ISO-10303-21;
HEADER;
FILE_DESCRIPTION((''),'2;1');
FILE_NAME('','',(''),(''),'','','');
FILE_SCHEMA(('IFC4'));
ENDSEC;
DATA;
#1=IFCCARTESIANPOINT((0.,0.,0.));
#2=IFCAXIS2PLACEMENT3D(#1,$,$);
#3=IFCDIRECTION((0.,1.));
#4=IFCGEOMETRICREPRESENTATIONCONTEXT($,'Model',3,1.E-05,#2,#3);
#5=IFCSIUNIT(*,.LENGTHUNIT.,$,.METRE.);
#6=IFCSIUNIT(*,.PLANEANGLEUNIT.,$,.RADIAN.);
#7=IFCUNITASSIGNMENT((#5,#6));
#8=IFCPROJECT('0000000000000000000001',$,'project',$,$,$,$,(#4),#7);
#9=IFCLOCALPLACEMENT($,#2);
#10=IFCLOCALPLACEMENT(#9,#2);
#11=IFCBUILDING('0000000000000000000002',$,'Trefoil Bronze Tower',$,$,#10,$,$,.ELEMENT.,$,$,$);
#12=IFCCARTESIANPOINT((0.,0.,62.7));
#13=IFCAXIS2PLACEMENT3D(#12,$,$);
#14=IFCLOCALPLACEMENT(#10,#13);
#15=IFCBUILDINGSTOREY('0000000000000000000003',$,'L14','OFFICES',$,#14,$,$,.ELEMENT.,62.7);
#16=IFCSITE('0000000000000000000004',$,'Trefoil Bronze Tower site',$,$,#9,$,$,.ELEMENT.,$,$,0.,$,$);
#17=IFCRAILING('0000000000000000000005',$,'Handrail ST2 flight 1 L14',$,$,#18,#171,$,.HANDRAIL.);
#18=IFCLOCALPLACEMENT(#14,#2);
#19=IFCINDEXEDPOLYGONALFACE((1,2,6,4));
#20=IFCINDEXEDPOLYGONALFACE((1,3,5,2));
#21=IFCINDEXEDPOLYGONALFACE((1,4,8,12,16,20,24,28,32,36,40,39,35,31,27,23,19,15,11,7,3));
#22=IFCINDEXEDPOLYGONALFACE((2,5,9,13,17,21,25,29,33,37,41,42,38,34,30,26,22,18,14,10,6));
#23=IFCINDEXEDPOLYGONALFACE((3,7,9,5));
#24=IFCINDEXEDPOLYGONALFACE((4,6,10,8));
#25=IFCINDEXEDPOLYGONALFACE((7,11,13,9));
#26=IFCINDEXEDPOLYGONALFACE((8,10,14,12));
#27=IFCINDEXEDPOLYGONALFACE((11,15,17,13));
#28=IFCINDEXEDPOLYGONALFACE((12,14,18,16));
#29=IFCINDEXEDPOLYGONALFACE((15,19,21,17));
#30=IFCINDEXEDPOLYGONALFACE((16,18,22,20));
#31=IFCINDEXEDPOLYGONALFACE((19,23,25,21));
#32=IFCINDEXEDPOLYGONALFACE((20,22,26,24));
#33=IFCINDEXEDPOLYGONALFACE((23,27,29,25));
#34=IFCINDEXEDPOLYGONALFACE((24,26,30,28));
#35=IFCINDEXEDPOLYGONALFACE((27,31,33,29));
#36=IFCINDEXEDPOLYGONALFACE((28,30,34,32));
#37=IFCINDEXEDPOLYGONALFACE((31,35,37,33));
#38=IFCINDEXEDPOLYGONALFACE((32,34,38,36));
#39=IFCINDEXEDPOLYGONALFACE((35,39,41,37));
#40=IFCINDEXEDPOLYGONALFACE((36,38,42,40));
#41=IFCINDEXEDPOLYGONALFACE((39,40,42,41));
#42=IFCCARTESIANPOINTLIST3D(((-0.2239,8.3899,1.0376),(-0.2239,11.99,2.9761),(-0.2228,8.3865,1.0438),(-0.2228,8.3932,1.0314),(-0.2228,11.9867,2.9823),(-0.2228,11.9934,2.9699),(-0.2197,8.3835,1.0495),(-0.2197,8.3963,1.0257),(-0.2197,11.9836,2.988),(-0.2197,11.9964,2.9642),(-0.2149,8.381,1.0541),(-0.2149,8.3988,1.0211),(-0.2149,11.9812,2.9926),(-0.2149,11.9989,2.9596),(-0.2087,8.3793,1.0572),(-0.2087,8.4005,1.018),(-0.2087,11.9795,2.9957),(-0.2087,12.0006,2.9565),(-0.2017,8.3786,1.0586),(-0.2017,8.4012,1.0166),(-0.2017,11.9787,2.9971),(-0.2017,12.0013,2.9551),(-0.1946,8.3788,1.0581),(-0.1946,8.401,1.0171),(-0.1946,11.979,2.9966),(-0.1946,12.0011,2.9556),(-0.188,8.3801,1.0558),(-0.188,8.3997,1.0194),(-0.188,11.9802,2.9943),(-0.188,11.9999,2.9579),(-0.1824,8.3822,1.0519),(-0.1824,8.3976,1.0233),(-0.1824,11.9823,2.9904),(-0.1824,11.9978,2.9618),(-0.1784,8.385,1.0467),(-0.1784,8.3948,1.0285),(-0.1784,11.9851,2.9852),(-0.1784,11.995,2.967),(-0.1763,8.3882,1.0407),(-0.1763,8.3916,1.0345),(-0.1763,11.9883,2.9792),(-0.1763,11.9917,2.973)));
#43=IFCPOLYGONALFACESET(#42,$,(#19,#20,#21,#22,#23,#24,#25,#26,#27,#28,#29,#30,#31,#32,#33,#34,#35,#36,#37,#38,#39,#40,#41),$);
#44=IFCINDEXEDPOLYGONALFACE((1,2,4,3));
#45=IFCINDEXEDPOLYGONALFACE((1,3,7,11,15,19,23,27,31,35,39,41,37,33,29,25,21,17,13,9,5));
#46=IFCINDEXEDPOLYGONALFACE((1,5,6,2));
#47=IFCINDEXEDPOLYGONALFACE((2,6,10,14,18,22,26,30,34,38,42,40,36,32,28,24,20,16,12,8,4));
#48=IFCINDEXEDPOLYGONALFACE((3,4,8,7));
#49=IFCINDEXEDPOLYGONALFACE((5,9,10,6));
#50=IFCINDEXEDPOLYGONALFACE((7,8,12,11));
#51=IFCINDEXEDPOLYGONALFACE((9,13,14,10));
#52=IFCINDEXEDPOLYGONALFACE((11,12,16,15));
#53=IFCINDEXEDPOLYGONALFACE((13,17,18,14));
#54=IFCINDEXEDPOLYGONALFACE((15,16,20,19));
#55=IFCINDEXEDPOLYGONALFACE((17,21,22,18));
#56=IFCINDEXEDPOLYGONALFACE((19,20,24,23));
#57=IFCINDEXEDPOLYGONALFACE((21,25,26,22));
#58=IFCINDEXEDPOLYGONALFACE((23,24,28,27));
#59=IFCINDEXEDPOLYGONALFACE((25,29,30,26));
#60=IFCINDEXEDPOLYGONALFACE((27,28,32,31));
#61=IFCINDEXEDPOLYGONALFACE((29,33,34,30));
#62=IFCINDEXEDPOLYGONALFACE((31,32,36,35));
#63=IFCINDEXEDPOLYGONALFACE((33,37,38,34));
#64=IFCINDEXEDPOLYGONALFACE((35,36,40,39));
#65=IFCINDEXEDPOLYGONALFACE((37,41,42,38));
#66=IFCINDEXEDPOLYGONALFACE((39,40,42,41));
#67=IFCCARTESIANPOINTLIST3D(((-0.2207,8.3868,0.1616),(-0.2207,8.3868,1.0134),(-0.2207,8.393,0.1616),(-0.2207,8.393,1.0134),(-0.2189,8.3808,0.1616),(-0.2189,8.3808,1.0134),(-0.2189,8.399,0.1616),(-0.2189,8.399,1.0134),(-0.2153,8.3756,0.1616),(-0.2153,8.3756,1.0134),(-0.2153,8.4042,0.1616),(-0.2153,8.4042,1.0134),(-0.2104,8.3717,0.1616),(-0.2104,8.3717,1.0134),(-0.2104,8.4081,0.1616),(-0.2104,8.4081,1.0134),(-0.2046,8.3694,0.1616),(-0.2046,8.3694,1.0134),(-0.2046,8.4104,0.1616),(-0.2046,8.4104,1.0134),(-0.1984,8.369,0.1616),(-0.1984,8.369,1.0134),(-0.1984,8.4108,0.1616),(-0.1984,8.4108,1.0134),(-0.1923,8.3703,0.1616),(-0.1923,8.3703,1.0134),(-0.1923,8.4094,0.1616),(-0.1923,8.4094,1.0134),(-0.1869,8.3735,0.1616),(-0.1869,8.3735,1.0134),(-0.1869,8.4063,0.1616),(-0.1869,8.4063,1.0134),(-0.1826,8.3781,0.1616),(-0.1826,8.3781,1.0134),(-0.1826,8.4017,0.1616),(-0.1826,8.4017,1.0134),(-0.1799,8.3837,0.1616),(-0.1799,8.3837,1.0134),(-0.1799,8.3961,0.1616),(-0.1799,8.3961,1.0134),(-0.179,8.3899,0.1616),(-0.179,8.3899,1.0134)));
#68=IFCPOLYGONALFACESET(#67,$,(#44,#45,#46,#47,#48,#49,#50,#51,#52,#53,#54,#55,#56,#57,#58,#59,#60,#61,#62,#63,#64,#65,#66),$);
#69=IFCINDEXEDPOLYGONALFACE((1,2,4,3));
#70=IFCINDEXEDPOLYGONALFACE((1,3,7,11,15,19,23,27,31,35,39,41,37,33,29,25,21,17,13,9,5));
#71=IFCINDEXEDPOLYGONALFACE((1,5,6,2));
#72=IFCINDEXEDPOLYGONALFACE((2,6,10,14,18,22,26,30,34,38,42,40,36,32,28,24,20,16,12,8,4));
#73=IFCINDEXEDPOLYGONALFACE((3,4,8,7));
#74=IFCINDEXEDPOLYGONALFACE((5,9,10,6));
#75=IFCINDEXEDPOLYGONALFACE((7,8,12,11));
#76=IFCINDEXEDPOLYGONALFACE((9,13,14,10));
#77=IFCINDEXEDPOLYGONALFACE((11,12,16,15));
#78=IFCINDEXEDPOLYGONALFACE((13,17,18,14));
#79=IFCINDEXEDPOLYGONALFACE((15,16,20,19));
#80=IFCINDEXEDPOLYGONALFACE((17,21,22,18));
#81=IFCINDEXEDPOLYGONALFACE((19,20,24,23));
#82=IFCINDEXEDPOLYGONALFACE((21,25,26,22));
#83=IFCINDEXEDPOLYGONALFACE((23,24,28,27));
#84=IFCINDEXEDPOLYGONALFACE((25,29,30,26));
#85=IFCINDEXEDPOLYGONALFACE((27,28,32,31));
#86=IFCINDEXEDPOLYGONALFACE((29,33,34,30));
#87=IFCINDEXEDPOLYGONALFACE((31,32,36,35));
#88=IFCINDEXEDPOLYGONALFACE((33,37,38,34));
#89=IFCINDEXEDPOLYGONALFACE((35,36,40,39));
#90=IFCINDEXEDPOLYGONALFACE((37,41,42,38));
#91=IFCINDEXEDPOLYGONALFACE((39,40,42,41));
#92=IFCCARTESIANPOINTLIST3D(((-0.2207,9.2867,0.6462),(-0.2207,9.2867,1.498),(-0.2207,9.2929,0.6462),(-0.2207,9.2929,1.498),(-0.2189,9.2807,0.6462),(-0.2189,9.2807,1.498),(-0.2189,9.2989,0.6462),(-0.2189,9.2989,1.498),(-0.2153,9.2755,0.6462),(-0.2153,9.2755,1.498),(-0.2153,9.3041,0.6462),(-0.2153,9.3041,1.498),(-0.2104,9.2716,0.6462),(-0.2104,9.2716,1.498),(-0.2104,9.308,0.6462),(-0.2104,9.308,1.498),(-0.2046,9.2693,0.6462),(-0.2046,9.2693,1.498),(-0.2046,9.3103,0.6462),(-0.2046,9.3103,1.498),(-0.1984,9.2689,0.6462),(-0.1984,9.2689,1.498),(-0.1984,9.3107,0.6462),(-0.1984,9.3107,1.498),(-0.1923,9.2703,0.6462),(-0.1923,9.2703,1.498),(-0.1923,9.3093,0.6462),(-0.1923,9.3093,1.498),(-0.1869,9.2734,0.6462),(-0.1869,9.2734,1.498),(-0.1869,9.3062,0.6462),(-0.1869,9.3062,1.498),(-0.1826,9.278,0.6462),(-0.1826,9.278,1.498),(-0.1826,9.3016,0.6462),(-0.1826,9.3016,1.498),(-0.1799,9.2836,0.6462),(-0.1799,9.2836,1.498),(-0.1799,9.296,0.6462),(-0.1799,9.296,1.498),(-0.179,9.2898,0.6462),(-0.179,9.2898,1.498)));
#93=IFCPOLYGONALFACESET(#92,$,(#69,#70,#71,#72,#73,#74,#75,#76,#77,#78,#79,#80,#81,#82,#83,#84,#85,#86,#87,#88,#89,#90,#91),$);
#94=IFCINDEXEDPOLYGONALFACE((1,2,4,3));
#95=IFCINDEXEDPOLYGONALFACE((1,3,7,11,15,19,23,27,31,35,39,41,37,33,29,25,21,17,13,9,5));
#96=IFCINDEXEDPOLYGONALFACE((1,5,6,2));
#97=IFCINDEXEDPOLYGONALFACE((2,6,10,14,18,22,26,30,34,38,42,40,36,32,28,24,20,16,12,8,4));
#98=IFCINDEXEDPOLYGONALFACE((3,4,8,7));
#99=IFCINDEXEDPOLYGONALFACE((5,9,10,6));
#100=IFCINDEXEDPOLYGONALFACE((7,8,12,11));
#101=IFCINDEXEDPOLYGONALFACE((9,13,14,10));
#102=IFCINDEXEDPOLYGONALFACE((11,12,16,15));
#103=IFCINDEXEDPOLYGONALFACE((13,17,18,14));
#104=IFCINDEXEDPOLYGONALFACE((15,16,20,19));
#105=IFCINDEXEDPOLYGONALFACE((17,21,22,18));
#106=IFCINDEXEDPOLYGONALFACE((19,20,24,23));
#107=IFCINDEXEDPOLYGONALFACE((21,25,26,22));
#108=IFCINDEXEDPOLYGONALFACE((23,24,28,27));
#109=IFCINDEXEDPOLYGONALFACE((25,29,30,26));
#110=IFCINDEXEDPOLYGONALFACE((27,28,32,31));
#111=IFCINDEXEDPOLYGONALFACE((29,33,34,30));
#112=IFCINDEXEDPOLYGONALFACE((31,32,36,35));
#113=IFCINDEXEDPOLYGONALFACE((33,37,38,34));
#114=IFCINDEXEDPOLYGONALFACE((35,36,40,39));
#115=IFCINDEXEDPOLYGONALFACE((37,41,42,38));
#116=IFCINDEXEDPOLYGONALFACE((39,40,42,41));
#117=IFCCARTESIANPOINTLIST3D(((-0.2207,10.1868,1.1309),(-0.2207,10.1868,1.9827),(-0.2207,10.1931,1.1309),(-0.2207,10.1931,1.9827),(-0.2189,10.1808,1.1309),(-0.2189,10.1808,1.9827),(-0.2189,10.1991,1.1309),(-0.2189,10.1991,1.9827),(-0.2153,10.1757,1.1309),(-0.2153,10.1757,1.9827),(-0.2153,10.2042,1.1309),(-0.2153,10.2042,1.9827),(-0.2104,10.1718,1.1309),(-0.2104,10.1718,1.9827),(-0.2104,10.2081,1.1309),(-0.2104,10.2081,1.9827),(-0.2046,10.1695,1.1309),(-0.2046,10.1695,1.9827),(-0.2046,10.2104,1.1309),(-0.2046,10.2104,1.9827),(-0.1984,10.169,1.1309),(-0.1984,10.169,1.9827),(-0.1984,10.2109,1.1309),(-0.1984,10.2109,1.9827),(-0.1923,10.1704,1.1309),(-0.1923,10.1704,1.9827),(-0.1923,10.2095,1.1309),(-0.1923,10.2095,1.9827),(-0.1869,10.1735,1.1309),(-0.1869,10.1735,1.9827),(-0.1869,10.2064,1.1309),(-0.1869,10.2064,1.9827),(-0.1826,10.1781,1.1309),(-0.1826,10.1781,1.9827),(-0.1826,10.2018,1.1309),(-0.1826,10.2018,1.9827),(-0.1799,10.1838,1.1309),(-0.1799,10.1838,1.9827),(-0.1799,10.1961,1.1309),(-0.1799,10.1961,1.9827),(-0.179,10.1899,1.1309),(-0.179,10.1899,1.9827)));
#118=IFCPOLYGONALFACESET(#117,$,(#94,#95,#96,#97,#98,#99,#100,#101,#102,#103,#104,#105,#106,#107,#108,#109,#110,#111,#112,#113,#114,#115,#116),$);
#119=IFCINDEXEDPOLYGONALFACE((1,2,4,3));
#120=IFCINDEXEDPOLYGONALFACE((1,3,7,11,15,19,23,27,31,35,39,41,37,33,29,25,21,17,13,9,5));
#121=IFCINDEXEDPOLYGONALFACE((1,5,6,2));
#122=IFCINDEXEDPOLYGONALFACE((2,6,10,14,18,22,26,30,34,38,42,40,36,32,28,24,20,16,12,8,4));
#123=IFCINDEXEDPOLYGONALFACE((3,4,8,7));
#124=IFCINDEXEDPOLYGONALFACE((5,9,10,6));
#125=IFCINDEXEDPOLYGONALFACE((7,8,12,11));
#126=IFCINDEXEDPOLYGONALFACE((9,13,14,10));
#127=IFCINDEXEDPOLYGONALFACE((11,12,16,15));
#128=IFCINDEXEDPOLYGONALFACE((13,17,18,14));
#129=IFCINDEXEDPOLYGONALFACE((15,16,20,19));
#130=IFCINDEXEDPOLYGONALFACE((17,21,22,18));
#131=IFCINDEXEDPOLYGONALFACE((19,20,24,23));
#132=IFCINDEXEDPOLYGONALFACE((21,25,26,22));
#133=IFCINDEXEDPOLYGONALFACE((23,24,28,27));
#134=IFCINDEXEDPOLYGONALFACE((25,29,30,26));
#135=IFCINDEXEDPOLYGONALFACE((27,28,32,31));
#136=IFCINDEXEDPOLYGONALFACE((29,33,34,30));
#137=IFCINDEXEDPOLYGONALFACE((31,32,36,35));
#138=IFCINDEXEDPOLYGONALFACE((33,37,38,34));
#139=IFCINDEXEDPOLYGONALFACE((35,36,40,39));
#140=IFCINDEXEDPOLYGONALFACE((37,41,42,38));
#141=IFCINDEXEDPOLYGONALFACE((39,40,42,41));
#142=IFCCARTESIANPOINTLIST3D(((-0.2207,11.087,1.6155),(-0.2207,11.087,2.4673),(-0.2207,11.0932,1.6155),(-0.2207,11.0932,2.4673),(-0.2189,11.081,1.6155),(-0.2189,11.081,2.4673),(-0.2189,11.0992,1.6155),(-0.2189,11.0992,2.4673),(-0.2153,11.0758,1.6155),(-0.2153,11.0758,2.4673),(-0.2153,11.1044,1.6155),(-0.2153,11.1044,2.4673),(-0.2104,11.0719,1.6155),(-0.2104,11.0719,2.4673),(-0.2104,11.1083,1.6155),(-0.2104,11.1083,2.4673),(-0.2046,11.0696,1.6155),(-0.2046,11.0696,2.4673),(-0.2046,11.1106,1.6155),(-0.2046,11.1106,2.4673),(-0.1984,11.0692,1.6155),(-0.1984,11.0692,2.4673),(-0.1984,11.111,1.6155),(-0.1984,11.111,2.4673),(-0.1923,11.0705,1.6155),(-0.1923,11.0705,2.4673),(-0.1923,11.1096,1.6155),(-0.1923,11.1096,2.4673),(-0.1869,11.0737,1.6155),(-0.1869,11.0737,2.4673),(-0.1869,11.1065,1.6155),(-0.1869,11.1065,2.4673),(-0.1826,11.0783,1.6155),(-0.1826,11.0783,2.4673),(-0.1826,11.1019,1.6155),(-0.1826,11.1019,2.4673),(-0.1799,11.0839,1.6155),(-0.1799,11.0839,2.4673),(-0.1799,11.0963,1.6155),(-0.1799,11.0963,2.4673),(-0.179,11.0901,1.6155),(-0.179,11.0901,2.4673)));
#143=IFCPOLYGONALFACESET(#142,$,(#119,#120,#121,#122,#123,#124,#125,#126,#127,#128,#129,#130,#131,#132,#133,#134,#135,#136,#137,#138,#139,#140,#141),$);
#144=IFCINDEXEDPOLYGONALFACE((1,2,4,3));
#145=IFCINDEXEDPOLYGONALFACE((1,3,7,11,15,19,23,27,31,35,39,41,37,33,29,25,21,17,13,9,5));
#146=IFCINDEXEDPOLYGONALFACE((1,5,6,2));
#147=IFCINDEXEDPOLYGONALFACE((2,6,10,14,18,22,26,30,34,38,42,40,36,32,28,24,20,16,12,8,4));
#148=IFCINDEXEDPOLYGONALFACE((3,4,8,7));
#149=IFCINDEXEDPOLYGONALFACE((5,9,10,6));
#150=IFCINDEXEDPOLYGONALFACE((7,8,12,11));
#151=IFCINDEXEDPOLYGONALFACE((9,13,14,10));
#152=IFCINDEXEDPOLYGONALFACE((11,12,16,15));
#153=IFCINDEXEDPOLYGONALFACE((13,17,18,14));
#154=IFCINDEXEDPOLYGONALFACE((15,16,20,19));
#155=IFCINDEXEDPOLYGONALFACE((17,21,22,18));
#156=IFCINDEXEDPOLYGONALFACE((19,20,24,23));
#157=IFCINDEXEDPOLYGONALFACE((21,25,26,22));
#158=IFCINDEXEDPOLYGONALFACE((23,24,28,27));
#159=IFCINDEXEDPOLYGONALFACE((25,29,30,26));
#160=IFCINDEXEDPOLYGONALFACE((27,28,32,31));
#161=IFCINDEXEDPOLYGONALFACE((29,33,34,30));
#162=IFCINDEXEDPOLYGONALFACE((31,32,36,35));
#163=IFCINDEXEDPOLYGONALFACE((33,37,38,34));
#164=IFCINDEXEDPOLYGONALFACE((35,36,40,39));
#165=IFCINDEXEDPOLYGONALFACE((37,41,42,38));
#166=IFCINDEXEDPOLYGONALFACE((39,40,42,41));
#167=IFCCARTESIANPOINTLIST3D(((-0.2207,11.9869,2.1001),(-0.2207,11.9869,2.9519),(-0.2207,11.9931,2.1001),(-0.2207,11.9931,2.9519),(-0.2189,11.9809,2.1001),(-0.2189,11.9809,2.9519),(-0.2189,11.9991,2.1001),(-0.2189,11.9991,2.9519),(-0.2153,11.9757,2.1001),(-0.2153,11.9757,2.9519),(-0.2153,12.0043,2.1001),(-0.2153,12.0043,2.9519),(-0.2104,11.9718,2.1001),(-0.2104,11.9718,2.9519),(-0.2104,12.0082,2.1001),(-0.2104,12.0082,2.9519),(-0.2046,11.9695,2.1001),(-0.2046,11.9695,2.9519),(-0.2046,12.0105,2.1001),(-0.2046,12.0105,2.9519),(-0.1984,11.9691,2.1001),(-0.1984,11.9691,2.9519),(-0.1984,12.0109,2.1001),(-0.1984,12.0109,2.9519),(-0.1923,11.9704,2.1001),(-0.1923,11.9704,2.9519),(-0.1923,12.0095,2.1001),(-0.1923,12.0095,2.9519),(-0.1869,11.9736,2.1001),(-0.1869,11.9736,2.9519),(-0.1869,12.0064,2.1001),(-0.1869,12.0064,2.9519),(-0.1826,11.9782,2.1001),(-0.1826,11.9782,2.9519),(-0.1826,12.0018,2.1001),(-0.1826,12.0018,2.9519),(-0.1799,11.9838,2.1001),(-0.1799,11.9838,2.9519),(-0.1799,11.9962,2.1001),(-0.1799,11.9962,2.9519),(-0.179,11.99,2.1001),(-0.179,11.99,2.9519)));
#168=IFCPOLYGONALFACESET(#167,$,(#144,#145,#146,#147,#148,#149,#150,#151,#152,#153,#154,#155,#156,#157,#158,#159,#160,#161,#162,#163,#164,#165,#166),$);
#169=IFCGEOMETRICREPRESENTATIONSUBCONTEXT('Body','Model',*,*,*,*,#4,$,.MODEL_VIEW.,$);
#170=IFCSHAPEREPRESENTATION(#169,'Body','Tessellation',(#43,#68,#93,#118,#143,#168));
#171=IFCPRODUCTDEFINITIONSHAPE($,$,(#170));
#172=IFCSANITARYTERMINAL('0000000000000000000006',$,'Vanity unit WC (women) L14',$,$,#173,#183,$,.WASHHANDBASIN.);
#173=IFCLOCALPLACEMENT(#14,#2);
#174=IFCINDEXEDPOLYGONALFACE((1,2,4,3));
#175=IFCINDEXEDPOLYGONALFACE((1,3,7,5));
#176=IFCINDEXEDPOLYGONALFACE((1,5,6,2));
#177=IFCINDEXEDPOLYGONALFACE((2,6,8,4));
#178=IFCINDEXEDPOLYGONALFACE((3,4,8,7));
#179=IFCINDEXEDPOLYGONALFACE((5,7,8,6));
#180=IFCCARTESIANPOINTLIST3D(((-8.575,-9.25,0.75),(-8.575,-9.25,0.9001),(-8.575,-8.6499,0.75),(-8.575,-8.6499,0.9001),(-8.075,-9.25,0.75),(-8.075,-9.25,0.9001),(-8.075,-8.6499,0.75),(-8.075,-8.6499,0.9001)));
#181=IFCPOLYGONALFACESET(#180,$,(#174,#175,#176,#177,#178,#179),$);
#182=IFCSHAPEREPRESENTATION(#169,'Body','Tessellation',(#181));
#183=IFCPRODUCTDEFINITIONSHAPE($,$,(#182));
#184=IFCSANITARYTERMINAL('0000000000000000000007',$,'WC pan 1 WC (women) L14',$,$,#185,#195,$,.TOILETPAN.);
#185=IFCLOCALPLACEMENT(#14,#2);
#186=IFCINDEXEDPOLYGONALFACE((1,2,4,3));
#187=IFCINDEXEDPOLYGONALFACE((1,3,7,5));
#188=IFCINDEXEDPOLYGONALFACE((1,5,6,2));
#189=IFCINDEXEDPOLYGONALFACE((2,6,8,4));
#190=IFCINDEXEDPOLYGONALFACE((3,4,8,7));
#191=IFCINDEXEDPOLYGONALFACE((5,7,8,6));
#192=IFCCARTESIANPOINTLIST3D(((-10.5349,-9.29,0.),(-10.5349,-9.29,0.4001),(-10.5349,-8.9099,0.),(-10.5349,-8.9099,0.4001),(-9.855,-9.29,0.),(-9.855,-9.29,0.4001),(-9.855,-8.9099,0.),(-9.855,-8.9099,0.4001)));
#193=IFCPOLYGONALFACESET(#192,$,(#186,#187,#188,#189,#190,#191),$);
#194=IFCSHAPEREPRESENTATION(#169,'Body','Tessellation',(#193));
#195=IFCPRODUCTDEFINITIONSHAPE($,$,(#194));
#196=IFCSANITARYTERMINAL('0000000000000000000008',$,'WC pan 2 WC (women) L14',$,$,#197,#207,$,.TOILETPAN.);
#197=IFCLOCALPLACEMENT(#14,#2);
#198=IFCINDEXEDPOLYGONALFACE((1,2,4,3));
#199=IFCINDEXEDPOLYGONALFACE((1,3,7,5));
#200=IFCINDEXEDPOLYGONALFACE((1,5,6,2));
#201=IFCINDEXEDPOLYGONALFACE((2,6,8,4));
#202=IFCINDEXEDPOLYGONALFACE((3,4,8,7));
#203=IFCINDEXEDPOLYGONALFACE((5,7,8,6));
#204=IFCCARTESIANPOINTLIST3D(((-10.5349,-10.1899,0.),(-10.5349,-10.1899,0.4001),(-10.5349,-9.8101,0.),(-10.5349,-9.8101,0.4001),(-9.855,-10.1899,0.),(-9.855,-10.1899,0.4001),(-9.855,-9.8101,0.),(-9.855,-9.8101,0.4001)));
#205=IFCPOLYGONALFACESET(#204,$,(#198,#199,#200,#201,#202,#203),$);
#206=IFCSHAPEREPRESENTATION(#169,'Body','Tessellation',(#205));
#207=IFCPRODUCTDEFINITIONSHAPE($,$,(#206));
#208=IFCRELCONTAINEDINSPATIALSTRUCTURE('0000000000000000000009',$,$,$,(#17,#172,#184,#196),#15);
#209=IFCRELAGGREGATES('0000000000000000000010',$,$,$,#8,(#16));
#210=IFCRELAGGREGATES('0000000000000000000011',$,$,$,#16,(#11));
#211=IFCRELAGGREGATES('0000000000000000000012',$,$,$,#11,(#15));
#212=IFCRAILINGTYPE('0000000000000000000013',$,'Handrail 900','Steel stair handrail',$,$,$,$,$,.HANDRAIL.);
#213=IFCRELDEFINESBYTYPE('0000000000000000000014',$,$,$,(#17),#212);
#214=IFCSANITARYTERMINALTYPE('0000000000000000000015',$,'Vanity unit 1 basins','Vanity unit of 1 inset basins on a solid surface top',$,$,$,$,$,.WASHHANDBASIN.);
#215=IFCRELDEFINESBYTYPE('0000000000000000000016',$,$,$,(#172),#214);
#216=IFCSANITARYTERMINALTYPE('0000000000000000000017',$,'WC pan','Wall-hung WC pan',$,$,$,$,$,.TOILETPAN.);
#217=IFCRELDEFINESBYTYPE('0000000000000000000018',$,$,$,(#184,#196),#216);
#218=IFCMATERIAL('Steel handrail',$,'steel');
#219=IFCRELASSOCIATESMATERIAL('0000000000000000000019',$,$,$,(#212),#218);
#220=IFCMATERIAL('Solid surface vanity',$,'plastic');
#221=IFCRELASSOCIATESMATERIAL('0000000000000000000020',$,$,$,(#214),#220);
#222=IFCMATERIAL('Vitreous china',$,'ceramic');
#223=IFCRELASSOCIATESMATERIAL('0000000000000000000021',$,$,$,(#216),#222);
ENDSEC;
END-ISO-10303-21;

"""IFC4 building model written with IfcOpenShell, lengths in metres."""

from ifc_helpers import new_model, si_unit, direction, frame, origin, origin_2d, place, context, subcontext, project, spatial, polyline, circle, outline, extrude, material, type_object, element, save


model = new_model("IFC4")

# Units and contexts
model_context = context("Model", 3, precision=1e-05, world=origin(), true_north=direction((0.0, 1.0)))
body_context = subcontext(model_context, "Body", "Model", "MODEL_VIEW")
ifc_project = project(units=[si_unit("LENGTHUNIT", "METRE"), si_unit("PLANEANGLEUNIT", "RADIAN")], contexts=[model_context])

# Site, building, storey
site_placement = place(None, origin())
site = spatial("IfcSite", under=ifc_project, at=site_placement, Name="Trefoil Bronze Tower site", CompositionType="ELEMENT", RefElevation=0.0)
building_placement = place(site_placement, origin())
building = spatial("IfcBuilding", under=site, at=building_placement, Name="Trefoil Bronze Tower", CompositionType="ELEMENT")
storey_placement = place(building_placement, frame((0.0, 0.0, 62.7)))
storey = spatial("IfcBuildingStorey", under=building, at=storey_placement, Name="L14", Description="OFFICES", CompositionType="ELEMENT", Elevation=62.7)

# Railing
ifc_material_1 = material(Name="Steel handrail", Category="steel")
railing_type = type_object("IfcRailingType", Name="Handrail 900", Description="Steel stair handrail", PredefinedType="HANDRAIL", material=ifc_material_1)
railing_placement = place(storey_placement, frame((-0.2, 8.3899, 0.1616)))
element("IfcRailing", 1, at=railing_placement, inside=storey, type_object=railing_type, Name="Handrail ST2 flight 1 L14", PredefinedType="HANDRAIL", context=body_context, shape_type="SweptSolid", body=[
    extrude(circle(Radius=0.0239, at=origin_2d()), frame((0.0, 0.0, 0.876), z_axis=(0.0, 0.880475, 0.474093), x_axis=(-1.0, 0.0, 0.0)), (0.0, 0.0, 1.0), 4.0889),
    extrude(circle(Radius=0.021, at=origin_2d()), origin(), (0.0, 0.0, 1.0), 0.8518),
    extrude(circle(Radius=0.021, at=origin_2d()), frame((0.0, 0.8999, 0.4846)), (0.0, 0.0, 1.0), 0.8518),
    extrude(circle(Radius=0.021, at=origin_2d()), frame((0.0, 1.8, 0.9692)), (0.0, 0.0, 1.0), 0.8518),
    extrude(circle(Radius=0.021, at=origin_2d()), frame((0.0, 2.7002, 1.4539)), (0.0, 0.0, 1.0), 0.8518),
    extrude(circle(Radius=0.021, at=origin_2d()), frame((0.0, 3.6001, 1.9385)), (0.0, 0.0, 1.0), 0.8518),
])

# Sanitary terminals
ifc_material_2 = material(Name="Solid surface vanity", Category="plastic")
sanitary_terminal_type_1 = type_object("IfcSanitaryTerminalType", Name="Vanity unit 1 basins", Description="Vanity unit of 1 inset basins on a solid surface top", PredefinedType="WASHHANDBASIN", material=ifc_material_2)
sanitary_terminal_1_placement = place(storey_placement, frame((0.0, 0.0, 0.75)))
element("IfcSanitaryTerminal", 2, at=sanitary_terminal_1_placement, inside=storey, type_object=sanitary_terminal_type_1, Name="Vanity unit WC (women) L14", PredefinedType="WASHHANDBASIN", context=body_context, shape_type="SweptSolid", body=[
    extrude(outline(polyline([(-8.075, -8.6499), (-8.575, -8.6499), (-8.575, -9.25), (-8.075, -9.25), (-8.075, -8.6499)])), origin(), (0.0, 0.0, 1.0), 0.1501),
])
ifc_material_3 = material(Name="Vitreous china", Category="ceramic")
sanitary_terminal_type_2 = type_object("IfcSanitaryTerminalType", Name="WC pan", Description="Wall-hung WC pan", PredefinedType="TOILETPAN", material=ifc_material_3)
sanitary_terminal_2_placement = place(storey_placement, origin())
element("IfcSanitaryTerminal", 3, at=sanitary_terminal_2_placement, inside=storey, type_object=sanitary_terminal_type_2, Name="WC pan 1 WC (women) L14", PredefinedType="TOILETPAN", context=body_context, shape_type="SweptSolid", body=[
    extrude(outline(polyline([(-9.855, -8.9099), (-10.5349, -8.9099), (-10.5349, -9.29), (-9.855, -9.29), (-9.855, -8.9099)])), origin(), (0.0, 0.0, 1.0), 0.4001),
])
sanitary_terminal_3_placement = place(storey_placement, origin())
element("IfcSanitaryTerminal", 4, at=sanitary_terminal_3_placement, inside=storey, type_object=sanitary_terminal_type_2, Name="WC pan 2 WC (women) L14", PredefinedType="TOILETPAN", context=body_context, shape_type="SweptSolid", body=[
    extrude(outline(polyline([(-9.855, -9.8101), (-10.5349, -9.8101), (-10.5349, -10.1899), (-9.855, -10.1899), (-9.855, -9.8101)])), origin(), (0.0, 0.0, 1.0), 0.4001),
])

save(model, "model.ifc")
